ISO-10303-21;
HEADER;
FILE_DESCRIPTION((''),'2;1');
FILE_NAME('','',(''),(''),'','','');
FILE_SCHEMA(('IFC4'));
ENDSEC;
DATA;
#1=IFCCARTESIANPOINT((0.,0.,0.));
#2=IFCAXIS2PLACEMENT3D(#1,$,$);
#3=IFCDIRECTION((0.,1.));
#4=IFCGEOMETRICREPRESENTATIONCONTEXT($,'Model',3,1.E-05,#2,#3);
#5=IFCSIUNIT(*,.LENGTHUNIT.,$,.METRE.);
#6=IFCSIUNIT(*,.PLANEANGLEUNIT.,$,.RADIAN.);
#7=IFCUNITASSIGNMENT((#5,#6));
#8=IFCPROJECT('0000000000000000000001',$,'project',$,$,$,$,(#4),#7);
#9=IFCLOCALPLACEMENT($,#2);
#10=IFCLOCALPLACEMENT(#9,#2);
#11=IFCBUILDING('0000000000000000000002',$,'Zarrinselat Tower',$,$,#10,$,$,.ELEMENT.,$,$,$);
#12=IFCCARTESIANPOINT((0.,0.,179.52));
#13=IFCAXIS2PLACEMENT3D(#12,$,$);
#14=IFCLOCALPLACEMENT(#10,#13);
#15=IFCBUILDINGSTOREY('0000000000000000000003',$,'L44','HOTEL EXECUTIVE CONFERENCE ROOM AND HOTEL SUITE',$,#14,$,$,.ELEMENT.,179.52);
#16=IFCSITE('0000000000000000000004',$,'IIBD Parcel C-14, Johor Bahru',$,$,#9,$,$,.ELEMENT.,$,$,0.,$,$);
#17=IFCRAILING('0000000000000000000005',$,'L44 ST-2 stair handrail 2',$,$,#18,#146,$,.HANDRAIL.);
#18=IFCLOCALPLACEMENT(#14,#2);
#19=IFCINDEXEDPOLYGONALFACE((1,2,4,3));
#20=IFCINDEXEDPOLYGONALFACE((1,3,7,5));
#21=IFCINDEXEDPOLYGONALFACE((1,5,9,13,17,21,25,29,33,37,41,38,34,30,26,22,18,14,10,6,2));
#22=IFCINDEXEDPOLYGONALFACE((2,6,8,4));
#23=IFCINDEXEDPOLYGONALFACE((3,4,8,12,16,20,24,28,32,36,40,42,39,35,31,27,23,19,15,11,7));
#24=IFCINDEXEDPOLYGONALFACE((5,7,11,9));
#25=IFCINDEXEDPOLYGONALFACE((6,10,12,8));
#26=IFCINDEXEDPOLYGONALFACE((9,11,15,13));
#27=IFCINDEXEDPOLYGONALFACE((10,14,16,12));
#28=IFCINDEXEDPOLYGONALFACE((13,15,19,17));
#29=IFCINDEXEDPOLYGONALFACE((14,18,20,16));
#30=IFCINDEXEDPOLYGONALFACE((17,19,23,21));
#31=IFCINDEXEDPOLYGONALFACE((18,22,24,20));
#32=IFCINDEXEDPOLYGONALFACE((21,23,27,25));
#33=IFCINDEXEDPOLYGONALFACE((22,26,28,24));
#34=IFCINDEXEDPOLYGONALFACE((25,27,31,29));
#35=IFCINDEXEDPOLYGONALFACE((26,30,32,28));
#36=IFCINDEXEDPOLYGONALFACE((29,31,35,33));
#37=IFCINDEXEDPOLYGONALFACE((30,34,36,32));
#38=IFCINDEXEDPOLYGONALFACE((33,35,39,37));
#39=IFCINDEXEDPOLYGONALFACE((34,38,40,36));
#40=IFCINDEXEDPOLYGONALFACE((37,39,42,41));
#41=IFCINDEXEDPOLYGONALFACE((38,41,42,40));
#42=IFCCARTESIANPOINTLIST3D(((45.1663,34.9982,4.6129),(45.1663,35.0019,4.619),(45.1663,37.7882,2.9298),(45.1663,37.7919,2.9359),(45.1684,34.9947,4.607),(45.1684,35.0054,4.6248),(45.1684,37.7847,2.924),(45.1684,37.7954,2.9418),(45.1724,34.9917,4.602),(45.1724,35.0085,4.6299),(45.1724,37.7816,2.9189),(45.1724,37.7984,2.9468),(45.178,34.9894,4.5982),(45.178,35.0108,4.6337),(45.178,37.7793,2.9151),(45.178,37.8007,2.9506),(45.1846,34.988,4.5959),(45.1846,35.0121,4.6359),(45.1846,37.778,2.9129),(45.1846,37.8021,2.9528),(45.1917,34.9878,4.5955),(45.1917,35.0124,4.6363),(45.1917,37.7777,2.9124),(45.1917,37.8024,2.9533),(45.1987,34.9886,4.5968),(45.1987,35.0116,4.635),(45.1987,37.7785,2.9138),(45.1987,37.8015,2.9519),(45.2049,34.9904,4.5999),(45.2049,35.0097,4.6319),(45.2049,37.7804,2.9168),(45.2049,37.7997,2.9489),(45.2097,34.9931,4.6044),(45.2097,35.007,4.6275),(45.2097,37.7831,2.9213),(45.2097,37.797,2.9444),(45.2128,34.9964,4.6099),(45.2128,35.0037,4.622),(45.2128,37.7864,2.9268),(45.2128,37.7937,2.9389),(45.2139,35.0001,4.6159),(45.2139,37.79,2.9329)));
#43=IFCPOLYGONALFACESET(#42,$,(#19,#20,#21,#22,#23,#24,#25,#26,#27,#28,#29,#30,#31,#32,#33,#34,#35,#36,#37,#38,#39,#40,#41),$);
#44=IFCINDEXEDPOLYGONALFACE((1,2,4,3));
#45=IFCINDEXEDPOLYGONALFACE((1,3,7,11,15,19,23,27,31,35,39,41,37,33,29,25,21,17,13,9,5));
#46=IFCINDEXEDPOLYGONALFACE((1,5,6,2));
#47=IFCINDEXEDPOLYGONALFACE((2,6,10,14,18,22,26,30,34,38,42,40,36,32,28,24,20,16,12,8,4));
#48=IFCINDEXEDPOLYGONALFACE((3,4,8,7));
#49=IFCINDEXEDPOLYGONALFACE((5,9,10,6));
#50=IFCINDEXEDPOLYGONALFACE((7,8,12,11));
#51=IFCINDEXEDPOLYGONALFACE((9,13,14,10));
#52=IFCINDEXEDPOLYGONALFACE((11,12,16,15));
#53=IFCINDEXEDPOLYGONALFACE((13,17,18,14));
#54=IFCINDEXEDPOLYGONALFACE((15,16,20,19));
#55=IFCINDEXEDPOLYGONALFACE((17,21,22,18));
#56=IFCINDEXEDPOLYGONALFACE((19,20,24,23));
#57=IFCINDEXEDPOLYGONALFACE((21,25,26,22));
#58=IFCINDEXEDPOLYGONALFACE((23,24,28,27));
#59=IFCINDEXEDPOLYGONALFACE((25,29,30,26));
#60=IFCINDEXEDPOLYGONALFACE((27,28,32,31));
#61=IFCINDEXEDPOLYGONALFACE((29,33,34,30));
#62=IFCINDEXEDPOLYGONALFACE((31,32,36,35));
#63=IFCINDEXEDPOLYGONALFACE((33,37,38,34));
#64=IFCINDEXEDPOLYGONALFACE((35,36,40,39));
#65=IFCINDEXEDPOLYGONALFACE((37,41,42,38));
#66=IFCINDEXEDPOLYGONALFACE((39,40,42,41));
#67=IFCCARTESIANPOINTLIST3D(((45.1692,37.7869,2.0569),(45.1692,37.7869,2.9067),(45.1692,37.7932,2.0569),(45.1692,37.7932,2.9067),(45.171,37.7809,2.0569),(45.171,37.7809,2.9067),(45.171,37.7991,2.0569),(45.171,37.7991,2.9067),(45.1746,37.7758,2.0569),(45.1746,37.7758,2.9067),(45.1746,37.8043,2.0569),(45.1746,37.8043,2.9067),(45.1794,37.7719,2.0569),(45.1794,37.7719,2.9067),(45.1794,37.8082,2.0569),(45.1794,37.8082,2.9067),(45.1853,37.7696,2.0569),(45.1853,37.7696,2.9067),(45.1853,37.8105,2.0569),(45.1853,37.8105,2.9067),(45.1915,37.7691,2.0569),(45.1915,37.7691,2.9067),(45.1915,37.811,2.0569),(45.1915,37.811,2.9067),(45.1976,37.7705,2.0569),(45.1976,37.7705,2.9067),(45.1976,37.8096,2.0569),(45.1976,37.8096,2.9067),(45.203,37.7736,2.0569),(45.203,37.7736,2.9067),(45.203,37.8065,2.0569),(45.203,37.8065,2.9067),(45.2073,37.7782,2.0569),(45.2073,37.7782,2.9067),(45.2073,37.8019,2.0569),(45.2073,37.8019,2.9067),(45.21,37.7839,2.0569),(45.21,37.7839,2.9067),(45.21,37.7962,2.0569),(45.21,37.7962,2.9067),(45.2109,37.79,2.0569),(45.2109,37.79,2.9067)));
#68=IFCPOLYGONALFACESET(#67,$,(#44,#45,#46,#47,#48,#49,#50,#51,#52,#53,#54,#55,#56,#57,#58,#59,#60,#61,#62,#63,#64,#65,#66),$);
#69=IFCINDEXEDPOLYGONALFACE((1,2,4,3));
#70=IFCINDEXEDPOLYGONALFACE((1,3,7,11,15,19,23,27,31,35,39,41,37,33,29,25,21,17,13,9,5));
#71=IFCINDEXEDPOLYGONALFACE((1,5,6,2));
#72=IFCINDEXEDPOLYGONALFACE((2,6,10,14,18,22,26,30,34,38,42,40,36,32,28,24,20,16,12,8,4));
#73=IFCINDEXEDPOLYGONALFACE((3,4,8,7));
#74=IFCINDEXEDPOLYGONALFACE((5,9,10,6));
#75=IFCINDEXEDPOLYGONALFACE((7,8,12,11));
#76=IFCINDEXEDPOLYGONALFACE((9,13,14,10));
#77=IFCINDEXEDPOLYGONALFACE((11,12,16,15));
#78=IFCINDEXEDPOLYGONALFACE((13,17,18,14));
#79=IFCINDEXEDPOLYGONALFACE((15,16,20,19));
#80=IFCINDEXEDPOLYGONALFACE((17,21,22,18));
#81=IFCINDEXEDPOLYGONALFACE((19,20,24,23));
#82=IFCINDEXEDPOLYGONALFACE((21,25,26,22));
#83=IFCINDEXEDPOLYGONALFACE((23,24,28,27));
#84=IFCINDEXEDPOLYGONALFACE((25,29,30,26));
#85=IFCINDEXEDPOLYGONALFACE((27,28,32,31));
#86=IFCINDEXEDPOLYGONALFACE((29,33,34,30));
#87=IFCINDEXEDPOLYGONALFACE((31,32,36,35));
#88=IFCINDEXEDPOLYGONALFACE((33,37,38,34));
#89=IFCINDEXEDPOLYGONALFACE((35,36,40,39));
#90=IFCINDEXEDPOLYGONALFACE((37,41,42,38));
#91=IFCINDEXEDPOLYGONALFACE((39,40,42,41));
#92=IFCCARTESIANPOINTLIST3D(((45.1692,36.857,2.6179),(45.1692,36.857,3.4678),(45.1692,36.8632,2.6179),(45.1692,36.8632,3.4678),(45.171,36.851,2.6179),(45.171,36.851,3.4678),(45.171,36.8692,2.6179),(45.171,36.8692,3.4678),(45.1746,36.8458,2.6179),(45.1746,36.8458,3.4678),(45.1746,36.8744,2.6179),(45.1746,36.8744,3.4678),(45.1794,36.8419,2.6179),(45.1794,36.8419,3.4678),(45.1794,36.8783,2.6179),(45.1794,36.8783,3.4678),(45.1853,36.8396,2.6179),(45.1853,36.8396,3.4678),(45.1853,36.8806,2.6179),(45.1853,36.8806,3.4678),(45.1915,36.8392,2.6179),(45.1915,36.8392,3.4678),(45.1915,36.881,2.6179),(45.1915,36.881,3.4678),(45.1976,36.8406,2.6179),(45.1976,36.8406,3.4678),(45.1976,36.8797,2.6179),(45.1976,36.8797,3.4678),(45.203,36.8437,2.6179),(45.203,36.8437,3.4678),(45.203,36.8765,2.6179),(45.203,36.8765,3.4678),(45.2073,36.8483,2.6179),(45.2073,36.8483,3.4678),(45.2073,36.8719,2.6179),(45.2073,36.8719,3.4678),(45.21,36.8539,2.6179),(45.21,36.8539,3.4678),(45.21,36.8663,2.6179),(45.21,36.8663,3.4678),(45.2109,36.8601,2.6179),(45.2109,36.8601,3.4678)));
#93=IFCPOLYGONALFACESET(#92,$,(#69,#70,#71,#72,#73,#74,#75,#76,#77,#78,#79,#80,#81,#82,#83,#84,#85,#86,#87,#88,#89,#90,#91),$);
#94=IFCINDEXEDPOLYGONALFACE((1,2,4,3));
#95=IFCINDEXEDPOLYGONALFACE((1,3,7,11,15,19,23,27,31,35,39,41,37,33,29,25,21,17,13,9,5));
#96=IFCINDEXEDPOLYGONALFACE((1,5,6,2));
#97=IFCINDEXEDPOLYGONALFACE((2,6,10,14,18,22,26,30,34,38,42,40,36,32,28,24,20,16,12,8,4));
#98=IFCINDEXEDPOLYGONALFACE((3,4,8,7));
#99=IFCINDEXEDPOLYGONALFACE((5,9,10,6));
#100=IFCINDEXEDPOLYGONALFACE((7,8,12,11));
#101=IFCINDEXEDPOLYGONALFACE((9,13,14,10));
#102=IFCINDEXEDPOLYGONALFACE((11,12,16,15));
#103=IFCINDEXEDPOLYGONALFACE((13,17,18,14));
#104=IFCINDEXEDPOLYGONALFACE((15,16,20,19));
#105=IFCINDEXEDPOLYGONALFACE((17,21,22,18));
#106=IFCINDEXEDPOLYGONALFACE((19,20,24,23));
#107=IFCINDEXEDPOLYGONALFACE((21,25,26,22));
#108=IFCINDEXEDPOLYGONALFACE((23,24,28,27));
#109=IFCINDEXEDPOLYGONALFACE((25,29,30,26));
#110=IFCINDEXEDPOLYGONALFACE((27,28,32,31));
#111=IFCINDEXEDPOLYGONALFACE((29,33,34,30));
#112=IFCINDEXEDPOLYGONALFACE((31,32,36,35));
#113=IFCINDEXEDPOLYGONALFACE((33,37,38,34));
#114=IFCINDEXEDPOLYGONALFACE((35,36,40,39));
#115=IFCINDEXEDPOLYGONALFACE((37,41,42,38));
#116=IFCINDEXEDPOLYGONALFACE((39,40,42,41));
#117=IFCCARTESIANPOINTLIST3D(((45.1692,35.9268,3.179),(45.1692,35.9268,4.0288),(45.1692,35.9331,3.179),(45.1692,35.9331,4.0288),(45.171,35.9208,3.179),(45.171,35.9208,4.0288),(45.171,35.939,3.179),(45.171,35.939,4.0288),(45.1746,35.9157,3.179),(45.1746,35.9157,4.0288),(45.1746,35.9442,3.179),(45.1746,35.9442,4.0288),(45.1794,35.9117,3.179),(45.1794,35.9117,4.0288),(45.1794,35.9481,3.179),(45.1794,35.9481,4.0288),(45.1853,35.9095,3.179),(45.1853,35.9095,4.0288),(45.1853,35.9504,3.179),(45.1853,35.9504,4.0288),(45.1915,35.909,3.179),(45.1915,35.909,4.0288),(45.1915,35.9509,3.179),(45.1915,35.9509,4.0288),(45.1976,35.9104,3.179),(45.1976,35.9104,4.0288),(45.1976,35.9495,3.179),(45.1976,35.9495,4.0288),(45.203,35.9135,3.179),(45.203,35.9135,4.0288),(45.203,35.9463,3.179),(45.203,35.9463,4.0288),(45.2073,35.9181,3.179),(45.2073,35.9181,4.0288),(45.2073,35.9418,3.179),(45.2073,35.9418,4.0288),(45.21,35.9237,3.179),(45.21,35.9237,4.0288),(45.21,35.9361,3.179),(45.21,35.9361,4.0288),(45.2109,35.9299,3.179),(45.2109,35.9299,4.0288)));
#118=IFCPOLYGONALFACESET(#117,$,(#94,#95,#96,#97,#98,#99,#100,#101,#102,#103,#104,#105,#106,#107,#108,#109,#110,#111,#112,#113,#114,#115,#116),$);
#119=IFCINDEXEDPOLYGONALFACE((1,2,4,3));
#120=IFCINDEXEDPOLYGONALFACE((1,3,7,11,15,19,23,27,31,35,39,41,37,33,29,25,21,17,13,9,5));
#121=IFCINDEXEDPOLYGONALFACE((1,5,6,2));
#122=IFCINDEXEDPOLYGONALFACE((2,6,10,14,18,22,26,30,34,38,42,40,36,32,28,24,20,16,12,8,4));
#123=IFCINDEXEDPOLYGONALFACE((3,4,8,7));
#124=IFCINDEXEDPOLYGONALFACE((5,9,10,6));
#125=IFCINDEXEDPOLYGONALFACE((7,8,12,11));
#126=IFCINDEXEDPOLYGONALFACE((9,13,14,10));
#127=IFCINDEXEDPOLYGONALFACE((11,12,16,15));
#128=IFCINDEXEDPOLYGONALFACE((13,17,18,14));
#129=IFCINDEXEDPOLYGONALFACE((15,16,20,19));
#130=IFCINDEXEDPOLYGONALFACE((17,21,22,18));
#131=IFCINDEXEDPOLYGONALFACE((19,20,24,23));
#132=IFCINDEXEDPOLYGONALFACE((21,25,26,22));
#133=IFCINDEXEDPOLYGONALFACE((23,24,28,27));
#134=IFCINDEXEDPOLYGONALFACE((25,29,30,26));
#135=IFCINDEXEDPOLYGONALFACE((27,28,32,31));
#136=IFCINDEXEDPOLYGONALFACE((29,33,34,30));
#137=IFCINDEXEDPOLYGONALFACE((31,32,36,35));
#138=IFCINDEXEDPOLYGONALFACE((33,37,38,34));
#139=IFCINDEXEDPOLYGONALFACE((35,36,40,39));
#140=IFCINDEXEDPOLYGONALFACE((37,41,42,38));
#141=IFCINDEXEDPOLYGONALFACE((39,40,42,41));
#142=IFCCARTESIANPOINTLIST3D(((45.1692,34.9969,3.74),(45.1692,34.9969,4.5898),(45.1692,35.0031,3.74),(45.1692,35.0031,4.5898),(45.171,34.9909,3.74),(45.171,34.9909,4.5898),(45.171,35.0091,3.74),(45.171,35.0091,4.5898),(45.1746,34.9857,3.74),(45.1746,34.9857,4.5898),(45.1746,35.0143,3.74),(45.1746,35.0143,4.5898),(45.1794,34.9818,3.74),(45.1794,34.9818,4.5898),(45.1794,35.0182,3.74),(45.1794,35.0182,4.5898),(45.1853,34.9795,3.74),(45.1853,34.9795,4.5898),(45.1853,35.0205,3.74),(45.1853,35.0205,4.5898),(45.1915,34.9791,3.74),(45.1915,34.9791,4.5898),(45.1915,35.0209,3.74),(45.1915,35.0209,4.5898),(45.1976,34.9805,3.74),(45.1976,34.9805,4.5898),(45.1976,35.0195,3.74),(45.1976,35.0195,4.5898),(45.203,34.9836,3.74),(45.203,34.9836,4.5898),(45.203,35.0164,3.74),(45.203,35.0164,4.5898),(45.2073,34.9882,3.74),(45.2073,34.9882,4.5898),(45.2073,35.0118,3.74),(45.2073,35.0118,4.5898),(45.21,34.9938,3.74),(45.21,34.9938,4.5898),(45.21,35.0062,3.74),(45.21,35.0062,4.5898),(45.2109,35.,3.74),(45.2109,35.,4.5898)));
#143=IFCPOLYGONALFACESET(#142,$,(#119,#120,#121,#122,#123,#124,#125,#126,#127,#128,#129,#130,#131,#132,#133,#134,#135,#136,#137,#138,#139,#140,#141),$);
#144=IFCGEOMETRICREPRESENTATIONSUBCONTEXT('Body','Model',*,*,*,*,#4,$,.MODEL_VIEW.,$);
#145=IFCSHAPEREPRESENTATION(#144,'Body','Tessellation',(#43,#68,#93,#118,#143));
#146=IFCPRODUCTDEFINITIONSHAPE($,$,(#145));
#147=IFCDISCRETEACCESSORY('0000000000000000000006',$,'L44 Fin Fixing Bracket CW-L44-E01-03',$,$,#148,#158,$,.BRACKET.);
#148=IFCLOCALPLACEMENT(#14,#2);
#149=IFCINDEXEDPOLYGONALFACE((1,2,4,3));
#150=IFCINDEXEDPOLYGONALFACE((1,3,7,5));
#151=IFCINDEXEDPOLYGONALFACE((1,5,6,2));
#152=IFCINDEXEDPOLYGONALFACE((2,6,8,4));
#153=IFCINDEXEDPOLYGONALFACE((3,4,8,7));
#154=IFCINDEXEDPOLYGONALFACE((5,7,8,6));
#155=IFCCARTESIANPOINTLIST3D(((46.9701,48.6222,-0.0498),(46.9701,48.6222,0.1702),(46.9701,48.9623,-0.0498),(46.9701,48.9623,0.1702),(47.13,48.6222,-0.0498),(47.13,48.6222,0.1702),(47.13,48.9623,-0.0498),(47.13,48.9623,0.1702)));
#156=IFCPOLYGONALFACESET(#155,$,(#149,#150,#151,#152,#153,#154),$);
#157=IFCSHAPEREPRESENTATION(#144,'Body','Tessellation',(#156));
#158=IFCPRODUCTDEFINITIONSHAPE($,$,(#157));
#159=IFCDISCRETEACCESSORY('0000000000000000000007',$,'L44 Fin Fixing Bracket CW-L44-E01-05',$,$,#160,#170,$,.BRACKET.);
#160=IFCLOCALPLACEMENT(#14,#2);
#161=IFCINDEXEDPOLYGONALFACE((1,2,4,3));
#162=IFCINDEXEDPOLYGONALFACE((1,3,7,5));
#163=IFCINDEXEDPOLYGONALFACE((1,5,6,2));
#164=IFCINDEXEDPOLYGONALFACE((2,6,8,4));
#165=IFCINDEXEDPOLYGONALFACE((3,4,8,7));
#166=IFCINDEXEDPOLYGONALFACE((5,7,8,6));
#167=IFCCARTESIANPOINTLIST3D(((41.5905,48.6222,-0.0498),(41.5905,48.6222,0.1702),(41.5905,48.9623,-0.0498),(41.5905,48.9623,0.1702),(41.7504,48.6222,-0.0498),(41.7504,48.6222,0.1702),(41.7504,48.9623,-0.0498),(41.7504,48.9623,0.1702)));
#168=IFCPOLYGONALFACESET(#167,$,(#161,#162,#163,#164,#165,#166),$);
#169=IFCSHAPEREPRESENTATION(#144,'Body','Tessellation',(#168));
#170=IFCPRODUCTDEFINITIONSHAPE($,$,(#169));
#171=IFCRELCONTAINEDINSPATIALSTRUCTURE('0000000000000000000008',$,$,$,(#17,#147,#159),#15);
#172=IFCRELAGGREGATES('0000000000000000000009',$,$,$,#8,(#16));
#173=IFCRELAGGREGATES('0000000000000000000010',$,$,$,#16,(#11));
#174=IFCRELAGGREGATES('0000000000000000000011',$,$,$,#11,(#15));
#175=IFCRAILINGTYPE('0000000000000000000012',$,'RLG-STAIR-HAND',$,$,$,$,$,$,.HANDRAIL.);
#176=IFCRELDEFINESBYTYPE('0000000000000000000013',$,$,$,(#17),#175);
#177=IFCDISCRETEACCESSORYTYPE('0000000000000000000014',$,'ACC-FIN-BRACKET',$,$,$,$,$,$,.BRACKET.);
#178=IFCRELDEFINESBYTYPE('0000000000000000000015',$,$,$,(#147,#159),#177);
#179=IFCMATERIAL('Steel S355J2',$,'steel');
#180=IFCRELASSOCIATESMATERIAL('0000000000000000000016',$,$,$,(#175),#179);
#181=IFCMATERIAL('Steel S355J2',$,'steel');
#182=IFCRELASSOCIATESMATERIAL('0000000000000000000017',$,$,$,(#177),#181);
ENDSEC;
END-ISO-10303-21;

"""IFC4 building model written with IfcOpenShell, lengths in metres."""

from ifc_helpers import new_model, si_unit, direction, frame, origin, origin_2d, place, context, subcontext, project, spatial, rectangle, circle, extrude, material, type_object, element, save


model = new_model("IFC4")

# Units and contexts
model_context = context("Model", 3, precision=1e-05, world=origin(), true_north=direction((0.0, 1.0)))
body_context = subcontext(model_context, "Body", "Model", "MODEL_VIEW")
ifc_project = project(units=[si_unit("LENGTHUNIT", "METRE"), si_unit("PLANEANGLEUNIT", "RADIAN")], contexts=[model_context])

# Site, building, storey
site_placement = place(None, origin())
site = spatial("IfcSite", under=ifc_project, at=site_placement, Name="IIBD Parcel C-14, Johor Bahru", CompositionType="ELEMENT", RefElevation=0.0)
building_placement = place(site_placement, origin())
building = spatial("IfcBuilding", under=site, at=building_placement, Name="Zarrinselat Tower", CompositionType="ELEMENT")
storey_placement = place(building_placement, frame((0.0, 0.0, 179.52)))
storey = spatial("IfcBuildingStorey", under=building, at=storey_placement, Name="L44", Description="HOTEL EXECUTIVE CONFERENCE ROOM AND HOTEL SUITE", CompositionType="ELEMENT", Elevation=179.52)

# Railing
ifc_material_1 = material(Name="Steel S355J2", Category="steel")
railing_type_1 = type_object("IfcRailingType", Name="RLG-STAIR-HAND", PredefinedType="HANDRAIL", material=ifc_material_1)
railing_1_placement = place(storey_placement, frame((45.1899, 37.79, 2.0569)))
element("IfcRailing", 1, at=railing_1_placement, inside=storey, type_object=railing_type_1, Name="L44 ST-2 stair handrail 2", PredefinedType="HANDRAIL", context=body_context, shape_type="SweptSolid", body=[
    extrude(circle(Radius=0.0239, at=origin_2d()), frame((0.0, 0.0, 0.876), z_axis=(0.0, -0.856261, 0.516544), x_axis=(1.0, 0.0, 0.0)), (0.0, 0.0, 1.0), 3.2583),
    extrude(circle(Radius=0.021, at=origin_2d()), origin(), (0.0, 0.0, 1.0), 0.8499),
    extrude(circle(Radius=0.021, at=origin_2d()), frame((0.0, -0.9299, 0.561)), (0.0, 0.0, 1.0), 0.8499),
    extrude(circle(Radius=0.021, at=origin_2d()), frame((0.0, -1.8601, 1.1221)), (0.0, 0.0, 1.0), 0.8499),
    extrude(circle(Radius=0.021, at=origin_2d()), frame((0.0, -2.79, 1.6831)), (0.0, 0.0, 1.0), 0.8499),
])

# Discrete accessories
ifc_material_2 = material(Name="Steel S355J2", Category="steel")
discrete_accessory_type = type_object("IfcDiscreteAccessoryType", Name="ACC-FIN-BRACKET", PredefinedType="BRACKET", material=ifc_material_2)
for number, where, z_axis, x_axis, name in (
    (2, (47.05, 48.7922, -0.0498), (0.0, 0.0, 1.0), (0.0, 1.0, 0.0), "L44 Fin Fixing Bracket CW-L44-E01-03"),
    (3, (41.6704, 48.7922, -0.0498), (0.0, 0.0, 1.0), (0.0, 1.0, 0.0), "L44 Fin Fixing Bracket CW-L44-E01-05"),
):
    element("IfcDiscreteAccessory", number, at=place(storey_placement, frame(where, z_axis=z_axis, x_axis=x_axis)), inside=storey, type_object=discrete_accessory_type, Name=name, PredefinedType="BRACKET", context=body_context, shape_type="SweptSolid", body=[
        extrude(rectangle(XDim=0.3401, YDim=0.1599, at=origin_2d()), origin(), (0.0, 0.0, 1.0), 0.22),
    ])

save(model, "model.ifc")
